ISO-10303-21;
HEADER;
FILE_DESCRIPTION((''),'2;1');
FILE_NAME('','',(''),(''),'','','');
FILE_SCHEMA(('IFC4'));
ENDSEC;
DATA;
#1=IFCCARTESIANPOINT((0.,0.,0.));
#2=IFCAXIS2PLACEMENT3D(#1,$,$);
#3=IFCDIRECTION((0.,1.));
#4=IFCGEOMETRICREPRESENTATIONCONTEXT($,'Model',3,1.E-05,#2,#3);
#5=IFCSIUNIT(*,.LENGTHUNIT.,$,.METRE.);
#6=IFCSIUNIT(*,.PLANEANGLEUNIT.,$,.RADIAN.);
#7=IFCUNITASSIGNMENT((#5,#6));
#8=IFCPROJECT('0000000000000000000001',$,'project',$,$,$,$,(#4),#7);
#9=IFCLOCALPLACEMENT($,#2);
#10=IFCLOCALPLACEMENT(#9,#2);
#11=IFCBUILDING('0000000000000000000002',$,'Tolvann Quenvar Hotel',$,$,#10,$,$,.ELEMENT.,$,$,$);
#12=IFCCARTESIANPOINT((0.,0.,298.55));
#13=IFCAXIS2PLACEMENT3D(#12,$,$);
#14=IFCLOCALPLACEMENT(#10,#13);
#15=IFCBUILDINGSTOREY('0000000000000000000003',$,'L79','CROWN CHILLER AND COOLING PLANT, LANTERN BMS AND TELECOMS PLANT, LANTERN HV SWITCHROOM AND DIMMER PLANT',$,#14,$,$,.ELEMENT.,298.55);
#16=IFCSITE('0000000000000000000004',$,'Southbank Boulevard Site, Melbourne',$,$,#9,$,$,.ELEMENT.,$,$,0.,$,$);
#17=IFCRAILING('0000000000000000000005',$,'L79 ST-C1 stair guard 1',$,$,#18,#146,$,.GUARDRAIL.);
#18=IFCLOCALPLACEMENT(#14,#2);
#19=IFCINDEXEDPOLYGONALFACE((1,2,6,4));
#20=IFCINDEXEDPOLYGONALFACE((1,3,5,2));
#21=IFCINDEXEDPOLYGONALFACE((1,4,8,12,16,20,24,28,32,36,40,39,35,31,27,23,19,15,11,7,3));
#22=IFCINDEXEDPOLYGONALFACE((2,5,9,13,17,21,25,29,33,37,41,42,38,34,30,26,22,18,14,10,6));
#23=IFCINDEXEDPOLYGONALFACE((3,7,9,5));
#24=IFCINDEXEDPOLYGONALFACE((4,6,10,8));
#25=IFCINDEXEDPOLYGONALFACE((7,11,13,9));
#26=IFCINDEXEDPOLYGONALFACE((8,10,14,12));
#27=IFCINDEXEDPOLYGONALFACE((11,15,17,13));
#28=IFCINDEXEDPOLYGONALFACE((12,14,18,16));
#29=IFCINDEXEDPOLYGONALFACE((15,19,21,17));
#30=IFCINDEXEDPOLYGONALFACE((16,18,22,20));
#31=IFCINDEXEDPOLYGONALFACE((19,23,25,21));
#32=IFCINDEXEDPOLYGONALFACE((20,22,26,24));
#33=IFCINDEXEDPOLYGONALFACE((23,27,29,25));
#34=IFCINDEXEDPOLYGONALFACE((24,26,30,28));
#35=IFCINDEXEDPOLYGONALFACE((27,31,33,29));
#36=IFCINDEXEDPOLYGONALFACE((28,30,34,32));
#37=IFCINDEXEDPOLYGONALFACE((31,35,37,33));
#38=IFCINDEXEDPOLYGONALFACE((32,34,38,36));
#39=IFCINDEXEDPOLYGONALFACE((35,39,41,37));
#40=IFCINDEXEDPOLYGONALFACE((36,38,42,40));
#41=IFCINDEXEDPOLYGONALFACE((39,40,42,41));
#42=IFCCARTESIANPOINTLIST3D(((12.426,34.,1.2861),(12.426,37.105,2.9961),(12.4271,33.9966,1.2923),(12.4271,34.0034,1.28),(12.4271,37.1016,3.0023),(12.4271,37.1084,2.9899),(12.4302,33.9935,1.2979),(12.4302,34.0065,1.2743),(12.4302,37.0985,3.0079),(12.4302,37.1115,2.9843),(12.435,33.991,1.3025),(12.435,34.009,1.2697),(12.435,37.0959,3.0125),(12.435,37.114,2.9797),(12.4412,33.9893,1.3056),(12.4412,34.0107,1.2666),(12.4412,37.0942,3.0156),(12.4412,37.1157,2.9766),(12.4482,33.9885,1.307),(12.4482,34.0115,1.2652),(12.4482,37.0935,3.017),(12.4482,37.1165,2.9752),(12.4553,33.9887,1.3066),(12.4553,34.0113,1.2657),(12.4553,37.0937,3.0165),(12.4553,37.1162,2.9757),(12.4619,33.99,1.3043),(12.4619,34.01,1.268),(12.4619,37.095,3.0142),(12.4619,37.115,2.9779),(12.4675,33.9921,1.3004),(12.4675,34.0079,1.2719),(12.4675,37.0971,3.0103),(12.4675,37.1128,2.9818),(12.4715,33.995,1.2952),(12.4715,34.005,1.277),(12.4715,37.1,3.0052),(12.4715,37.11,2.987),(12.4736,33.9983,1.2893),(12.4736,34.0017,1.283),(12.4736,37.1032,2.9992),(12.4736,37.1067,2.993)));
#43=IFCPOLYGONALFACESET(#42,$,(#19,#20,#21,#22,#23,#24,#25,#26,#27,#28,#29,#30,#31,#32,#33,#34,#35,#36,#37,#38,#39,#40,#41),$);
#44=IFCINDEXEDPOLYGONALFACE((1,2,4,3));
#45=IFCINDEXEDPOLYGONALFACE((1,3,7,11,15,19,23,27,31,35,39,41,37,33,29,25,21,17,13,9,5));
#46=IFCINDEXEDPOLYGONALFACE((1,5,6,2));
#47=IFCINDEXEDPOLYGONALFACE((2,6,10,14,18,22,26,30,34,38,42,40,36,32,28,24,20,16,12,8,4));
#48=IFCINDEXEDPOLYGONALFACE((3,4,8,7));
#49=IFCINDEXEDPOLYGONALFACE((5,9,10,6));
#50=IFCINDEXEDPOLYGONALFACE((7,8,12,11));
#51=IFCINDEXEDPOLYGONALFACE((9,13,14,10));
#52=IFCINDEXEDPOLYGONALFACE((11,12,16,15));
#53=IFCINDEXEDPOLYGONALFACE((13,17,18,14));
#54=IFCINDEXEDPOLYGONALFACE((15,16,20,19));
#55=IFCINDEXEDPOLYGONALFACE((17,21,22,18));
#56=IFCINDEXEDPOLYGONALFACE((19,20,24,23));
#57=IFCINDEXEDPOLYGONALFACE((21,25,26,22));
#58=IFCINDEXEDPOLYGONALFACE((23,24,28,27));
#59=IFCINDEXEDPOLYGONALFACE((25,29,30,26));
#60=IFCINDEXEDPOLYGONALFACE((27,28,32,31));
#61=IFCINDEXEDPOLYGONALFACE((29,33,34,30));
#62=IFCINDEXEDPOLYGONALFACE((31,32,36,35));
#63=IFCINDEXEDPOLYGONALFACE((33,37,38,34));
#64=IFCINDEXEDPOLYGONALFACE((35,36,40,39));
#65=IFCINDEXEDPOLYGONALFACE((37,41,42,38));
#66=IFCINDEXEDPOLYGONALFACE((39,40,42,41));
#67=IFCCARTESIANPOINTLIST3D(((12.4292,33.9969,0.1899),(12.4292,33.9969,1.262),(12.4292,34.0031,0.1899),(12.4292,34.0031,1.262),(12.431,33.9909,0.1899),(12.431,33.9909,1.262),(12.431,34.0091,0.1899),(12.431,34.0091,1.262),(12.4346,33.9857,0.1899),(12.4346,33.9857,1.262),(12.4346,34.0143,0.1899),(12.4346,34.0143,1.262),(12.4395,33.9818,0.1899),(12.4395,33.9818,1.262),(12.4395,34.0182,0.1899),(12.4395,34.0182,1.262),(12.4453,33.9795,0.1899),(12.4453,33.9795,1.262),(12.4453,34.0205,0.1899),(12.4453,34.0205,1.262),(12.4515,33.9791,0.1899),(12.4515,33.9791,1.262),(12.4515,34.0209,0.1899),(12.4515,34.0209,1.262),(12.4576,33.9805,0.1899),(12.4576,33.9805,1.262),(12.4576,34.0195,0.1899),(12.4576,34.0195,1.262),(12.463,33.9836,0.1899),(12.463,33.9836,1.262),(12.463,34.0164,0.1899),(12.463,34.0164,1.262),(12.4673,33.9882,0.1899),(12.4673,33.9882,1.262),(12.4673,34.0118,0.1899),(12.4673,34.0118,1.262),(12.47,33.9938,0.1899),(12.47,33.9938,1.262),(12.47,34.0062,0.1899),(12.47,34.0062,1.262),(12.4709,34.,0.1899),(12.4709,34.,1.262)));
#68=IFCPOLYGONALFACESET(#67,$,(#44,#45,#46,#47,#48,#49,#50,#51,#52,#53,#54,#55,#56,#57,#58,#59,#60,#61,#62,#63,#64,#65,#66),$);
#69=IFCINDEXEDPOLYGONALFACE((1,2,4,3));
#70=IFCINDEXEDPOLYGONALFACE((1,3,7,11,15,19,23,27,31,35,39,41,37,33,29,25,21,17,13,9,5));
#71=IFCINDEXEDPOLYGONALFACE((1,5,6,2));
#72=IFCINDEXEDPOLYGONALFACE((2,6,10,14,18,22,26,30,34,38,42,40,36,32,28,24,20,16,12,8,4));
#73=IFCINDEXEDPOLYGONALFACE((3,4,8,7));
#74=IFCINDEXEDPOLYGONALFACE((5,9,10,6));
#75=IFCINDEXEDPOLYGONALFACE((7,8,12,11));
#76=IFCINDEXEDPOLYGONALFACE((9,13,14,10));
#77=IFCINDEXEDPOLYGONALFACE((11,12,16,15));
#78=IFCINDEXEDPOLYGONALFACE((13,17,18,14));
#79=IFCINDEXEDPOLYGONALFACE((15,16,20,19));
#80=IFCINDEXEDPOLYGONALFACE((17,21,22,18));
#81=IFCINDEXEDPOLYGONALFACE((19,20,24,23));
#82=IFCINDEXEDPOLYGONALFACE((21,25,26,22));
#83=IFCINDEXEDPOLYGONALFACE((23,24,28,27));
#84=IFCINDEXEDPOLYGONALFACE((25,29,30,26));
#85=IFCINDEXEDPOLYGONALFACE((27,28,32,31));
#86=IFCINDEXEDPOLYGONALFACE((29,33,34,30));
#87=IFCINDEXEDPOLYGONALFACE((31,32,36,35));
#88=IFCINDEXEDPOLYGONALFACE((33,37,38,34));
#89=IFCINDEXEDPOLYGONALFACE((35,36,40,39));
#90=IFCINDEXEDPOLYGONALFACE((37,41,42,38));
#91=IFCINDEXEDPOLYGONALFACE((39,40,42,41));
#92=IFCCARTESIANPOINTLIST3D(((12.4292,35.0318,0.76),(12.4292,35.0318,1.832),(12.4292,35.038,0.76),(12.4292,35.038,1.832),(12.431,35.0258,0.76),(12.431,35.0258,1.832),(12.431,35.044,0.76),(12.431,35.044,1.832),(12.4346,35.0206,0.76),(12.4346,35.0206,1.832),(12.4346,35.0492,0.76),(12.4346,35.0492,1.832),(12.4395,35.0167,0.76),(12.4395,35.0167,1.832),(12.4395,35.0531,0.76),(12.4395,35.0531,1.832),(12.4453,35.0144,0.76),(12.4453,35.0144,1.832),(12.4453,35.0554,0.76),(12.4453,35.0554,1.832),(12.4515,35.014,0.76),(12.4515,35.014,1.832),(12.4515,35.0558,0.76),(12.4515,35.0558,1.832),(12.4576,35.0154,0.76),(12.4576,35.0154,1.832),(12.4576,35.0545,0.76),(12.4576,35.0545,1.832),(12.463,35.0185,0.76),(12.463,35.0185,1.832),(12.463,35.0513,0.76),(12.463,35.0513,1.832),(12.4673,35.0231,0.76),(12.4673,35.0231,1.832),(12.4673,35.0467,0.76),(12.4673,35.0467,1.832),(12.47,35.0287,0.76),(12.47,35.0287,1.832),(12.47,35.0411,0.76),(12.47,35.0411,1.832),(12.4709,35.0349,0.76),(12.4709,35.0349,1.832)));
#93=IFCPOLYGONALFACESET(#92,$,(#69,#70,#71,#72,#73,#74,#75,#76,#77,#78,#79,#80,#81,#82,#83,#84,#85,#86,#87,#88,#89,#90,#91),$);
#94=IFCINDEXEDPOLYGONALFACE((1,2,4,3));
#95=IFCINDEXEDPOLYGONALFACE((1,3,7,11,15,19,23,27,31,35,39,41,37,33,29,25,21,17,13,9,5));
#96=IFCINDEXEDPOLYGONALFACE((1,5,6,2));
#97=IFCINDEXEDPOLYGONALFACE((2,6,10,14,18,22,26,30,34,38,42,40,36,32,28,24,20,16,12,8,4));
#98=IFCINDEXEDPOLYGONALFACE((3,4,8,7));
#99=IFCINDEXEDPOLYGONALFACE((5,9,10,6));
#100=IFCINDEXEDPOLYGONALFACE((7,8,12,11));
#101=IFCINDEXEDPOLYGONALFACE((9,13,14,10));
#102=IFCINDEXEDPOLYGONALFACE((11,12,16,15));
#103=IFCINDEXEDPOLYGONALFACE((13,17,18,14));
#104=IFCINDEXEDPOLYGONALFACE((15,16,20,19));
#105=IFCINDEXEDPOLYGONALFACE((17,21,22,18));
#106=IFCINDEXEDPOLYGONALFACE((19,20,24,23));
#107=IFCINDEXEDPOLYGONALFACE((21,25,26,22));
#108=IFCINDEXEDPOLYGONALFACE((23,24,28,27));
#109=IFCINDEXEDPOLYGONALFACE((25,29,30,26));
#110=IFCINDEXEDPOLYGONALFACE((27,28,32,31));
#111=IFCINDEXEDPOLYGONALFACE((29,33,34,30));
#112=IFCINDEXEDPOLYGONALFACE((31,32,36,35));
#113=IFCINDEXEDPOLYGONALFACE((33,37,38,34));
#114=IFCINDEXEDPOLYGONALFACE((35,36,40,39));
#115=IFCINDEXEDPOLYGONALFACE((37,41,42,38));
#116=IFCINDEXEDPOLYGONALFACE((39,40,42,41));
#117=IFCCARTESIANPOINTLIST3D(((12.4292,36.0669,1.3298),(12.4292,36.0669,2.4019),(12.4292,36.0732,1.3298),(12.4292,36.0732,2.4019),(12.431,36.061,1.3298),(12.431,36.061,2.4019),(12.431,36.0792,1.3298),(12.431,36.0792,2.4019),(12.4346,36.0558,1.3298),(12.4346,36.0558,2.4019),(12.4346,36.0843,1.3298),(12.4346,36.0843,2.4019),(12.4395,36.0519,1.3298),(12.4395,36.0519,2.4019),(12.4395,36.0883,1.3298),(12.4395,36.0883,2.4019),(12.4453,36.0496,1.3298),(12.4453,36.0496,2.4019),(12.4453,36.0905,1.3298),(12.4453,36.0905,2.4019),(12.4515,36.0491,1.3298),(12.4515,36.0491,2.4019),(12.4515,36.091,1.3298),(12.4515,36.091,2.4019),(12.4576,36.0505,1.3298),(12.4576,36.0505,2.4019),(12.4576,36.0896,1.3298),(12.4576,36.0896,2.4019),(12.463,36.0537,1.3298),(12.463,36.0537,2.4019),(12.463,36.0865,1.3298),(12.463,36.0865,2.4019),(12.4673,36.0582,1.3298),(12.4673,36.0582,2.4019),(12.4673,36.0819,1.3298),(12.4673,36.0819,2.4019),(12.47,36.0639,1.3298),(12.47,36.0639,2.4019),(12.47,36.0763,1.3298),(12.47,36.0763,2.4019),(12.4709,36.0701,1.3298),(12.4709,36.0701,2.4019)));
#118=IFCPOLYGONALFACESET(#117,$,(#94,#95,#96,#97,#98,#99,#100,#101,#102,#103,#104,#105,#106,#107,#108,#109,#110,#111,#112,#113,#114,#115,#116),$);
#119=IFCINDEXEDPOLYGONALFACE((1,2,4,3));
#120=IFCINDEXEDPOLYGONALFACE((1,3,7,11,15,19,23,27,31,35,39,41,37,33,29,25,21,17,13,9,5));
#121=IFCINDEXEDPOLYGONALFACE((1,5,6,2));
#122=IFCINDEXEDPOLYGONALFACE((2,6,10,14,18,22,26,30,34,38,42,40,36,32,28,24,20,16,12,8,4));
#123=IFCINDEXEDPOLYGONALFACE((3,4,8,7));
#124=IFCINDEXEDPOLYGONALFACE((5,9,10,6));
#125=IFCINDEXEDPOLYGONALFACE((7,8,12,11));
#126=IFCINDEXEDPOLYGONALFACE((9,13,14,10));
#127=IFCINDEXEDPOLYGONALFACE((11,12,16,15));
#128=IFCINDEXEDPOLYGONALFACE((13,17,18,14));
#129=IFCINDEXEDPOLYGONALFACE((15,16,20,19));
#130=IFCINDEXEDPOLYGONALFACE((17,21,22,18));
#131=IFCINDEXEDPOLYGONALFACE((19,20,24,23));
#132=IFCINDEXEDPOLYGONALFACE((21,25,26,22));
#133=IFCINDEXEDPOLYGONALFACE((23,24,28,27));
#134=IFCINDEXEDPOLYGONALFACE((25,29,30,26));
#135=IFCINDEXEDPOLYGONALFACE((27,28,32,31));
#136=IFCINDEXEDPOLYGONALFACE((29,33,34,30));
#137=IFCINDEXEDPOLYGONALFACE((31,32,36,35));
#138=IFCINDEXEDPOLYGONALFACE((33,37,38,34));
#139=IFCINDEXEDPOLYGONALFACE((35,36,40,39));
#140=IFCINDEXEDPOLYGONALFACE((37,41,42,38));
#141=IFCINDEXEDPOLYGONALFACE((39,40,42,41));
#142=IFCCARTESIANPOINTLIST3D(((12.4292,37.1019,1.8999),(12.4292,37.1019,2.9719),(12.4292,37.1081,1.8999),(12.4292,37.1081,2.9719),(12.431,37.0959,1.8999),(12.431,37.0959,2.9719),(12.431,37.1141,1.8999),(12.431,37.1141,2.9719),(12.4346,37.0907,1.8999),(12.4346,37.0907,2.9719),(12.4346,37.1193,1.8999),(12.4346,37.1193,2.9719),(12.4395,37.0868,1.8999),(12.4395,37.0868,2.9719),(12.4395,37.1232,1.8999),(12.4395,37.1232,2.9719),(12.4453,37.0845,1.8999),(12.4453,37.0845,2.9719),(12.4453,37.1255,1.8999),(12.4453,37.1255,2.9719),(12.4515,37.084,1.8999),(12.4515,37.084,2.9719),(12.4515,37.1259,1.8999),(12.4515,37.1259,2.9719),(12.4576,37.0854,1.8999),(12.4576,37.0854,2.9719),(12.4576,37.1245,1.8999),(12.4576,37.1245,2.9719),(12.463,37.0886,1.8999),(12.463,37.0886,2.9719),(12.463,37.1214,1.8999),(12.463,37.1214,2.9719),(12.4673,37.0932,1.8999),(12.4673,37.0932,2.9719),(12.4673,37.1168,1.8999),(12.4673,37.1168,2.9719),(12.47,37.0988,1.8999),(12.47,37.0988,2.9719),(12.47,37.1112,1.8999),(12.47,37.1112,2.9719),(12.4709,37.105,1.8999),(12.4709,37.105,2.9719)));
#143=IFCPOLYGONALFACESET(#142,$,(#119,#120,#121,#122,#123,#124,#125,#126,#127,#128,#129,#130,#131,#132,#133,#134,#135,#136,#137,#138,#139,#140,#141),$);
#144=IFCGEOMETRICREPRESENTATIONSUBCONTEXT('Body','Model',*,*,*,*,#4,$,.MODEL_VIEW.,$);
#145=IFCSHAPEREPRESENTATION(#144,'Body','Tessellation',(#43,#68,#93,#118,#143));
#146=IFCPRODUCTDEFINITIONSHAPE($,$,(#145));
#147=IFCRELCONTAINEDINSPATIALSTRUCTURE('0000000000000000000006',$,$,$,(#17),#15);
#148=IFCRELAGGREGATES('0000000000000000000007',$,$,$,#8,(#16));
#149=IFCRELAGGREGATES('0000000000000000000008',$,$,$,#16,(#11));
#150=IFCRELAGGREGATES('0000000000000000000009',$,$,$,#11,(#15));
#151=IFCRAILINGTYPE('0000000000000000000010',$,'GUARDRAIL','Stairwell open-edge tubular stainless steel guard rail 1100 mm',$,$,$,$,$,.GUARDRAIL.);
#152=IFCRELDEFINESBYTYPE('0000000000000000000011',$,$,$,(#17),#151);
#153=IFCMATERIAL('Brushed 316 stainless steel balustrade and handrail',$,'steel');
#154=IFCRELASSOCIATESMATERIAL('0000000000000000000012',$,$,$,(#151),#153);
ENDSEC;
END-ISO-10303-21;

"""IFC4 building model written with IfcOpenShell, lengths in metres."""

from ifc_helpers import new_model, si_unit, direction, frame, origin, origin_2d, place, context, subcontext, project, spatial, circle, extrude, material, type_object, element, save


model = new_model("IFC4")

# Units and contexts
model_context = context("Model", 3, precision=1e-05, world=origin(), true_north=direction((0.0, 1.0)))
body_context = subcontext(model_context, "Body", "Model", "MODEL_VIEW")
ifc_project = project(units=[si_unit("LENGTHUNIT", "METRE"), si_unit("PLANEANGLEUNIT", "RADIAN")], contexts=[model_context])

# Site, building, storey
site_placement = place(None, origin())
site = spatial("IfcSite", under=ifc_project, at=site_placement, Name="Southbank Boulevard Site, Melbourne", CompositionType="ELEMENT", RefElevation=0.0)
building_placement = place(site_placement, origin())
building = spatial("IfcBuilding", under=site, at=building_placement, Name="Tolvann Quenvar Hotel", CompositionType="ELEMENT")
storey_placement = place(building_placement, frame((0.0, 0.0, 298.55)))
storey = spatial("IfcBuildingStorey", under=building, at=storey_placement, Name="L79", Description="CROWN CHILLER AND COOLING PLANT, LANTERN BMS AND TELECOMS PLANT, LANTERN HV SWITCHROOM AND DIMMER PLANT", CompositionType="ELEMENT", Elevation=298.55)

# Railing
ifc_material_1 = material(Name="Brushed 316 stainless steel balustrade and handrail", Category="steel")
railing_type_1 = type_object("IfcRailingType", Name="GUARDRAIL", Description="Stairwell open-edge tubular stainless steel guard rail 1100 mm", PredefinedType="GUARDRAIL", material=ifc_material_1)
railing_1_placement = place(storey_placement, frame((12.45, 34.0, 0.1899)))
element("IfcRailing", 1, at=railing_1_placement, inside=storey, type_object=railing_type_1, Name="L79 ST-C1 stair guard 1", PredefinedType="GUARDRAIL", context=body_context, shape_type="SweptSolid", body=[
    extrude(circle(Radius=0.0239, at=origin_2d()), frame((0.0, 0.0, 1.0962), z_axis=(0.0, 0.875951, 0.4824), x_axis=(-1.0, 0.0, 0.0)), (0.0, 0.0, 1.0), 3.5447),
    extrude(circle(Radius=0.021, at=origin_2d()), origin(), (0.0, 0.0, 1.0), 1.072),
    extrude(circle(Radius=0.021, at=origin_2d()), frame((0.0, 1.0349, 0.5701)), (0.0, 0.0, 1.0), 1.072),
    extrude(circle(Radius=0.021, at=origin_2d()), frame((0.0, 2.0701, 1.1399)), (0.0, 0.0, 1.0), 1.072),
    extrude(circle(Radius=0.021, at=origin_2d()), frame((0.0, 3.105, 1.71)), (0.0, 0.0, 1.0), 1.072),
])

save(model, "model.ifc")
